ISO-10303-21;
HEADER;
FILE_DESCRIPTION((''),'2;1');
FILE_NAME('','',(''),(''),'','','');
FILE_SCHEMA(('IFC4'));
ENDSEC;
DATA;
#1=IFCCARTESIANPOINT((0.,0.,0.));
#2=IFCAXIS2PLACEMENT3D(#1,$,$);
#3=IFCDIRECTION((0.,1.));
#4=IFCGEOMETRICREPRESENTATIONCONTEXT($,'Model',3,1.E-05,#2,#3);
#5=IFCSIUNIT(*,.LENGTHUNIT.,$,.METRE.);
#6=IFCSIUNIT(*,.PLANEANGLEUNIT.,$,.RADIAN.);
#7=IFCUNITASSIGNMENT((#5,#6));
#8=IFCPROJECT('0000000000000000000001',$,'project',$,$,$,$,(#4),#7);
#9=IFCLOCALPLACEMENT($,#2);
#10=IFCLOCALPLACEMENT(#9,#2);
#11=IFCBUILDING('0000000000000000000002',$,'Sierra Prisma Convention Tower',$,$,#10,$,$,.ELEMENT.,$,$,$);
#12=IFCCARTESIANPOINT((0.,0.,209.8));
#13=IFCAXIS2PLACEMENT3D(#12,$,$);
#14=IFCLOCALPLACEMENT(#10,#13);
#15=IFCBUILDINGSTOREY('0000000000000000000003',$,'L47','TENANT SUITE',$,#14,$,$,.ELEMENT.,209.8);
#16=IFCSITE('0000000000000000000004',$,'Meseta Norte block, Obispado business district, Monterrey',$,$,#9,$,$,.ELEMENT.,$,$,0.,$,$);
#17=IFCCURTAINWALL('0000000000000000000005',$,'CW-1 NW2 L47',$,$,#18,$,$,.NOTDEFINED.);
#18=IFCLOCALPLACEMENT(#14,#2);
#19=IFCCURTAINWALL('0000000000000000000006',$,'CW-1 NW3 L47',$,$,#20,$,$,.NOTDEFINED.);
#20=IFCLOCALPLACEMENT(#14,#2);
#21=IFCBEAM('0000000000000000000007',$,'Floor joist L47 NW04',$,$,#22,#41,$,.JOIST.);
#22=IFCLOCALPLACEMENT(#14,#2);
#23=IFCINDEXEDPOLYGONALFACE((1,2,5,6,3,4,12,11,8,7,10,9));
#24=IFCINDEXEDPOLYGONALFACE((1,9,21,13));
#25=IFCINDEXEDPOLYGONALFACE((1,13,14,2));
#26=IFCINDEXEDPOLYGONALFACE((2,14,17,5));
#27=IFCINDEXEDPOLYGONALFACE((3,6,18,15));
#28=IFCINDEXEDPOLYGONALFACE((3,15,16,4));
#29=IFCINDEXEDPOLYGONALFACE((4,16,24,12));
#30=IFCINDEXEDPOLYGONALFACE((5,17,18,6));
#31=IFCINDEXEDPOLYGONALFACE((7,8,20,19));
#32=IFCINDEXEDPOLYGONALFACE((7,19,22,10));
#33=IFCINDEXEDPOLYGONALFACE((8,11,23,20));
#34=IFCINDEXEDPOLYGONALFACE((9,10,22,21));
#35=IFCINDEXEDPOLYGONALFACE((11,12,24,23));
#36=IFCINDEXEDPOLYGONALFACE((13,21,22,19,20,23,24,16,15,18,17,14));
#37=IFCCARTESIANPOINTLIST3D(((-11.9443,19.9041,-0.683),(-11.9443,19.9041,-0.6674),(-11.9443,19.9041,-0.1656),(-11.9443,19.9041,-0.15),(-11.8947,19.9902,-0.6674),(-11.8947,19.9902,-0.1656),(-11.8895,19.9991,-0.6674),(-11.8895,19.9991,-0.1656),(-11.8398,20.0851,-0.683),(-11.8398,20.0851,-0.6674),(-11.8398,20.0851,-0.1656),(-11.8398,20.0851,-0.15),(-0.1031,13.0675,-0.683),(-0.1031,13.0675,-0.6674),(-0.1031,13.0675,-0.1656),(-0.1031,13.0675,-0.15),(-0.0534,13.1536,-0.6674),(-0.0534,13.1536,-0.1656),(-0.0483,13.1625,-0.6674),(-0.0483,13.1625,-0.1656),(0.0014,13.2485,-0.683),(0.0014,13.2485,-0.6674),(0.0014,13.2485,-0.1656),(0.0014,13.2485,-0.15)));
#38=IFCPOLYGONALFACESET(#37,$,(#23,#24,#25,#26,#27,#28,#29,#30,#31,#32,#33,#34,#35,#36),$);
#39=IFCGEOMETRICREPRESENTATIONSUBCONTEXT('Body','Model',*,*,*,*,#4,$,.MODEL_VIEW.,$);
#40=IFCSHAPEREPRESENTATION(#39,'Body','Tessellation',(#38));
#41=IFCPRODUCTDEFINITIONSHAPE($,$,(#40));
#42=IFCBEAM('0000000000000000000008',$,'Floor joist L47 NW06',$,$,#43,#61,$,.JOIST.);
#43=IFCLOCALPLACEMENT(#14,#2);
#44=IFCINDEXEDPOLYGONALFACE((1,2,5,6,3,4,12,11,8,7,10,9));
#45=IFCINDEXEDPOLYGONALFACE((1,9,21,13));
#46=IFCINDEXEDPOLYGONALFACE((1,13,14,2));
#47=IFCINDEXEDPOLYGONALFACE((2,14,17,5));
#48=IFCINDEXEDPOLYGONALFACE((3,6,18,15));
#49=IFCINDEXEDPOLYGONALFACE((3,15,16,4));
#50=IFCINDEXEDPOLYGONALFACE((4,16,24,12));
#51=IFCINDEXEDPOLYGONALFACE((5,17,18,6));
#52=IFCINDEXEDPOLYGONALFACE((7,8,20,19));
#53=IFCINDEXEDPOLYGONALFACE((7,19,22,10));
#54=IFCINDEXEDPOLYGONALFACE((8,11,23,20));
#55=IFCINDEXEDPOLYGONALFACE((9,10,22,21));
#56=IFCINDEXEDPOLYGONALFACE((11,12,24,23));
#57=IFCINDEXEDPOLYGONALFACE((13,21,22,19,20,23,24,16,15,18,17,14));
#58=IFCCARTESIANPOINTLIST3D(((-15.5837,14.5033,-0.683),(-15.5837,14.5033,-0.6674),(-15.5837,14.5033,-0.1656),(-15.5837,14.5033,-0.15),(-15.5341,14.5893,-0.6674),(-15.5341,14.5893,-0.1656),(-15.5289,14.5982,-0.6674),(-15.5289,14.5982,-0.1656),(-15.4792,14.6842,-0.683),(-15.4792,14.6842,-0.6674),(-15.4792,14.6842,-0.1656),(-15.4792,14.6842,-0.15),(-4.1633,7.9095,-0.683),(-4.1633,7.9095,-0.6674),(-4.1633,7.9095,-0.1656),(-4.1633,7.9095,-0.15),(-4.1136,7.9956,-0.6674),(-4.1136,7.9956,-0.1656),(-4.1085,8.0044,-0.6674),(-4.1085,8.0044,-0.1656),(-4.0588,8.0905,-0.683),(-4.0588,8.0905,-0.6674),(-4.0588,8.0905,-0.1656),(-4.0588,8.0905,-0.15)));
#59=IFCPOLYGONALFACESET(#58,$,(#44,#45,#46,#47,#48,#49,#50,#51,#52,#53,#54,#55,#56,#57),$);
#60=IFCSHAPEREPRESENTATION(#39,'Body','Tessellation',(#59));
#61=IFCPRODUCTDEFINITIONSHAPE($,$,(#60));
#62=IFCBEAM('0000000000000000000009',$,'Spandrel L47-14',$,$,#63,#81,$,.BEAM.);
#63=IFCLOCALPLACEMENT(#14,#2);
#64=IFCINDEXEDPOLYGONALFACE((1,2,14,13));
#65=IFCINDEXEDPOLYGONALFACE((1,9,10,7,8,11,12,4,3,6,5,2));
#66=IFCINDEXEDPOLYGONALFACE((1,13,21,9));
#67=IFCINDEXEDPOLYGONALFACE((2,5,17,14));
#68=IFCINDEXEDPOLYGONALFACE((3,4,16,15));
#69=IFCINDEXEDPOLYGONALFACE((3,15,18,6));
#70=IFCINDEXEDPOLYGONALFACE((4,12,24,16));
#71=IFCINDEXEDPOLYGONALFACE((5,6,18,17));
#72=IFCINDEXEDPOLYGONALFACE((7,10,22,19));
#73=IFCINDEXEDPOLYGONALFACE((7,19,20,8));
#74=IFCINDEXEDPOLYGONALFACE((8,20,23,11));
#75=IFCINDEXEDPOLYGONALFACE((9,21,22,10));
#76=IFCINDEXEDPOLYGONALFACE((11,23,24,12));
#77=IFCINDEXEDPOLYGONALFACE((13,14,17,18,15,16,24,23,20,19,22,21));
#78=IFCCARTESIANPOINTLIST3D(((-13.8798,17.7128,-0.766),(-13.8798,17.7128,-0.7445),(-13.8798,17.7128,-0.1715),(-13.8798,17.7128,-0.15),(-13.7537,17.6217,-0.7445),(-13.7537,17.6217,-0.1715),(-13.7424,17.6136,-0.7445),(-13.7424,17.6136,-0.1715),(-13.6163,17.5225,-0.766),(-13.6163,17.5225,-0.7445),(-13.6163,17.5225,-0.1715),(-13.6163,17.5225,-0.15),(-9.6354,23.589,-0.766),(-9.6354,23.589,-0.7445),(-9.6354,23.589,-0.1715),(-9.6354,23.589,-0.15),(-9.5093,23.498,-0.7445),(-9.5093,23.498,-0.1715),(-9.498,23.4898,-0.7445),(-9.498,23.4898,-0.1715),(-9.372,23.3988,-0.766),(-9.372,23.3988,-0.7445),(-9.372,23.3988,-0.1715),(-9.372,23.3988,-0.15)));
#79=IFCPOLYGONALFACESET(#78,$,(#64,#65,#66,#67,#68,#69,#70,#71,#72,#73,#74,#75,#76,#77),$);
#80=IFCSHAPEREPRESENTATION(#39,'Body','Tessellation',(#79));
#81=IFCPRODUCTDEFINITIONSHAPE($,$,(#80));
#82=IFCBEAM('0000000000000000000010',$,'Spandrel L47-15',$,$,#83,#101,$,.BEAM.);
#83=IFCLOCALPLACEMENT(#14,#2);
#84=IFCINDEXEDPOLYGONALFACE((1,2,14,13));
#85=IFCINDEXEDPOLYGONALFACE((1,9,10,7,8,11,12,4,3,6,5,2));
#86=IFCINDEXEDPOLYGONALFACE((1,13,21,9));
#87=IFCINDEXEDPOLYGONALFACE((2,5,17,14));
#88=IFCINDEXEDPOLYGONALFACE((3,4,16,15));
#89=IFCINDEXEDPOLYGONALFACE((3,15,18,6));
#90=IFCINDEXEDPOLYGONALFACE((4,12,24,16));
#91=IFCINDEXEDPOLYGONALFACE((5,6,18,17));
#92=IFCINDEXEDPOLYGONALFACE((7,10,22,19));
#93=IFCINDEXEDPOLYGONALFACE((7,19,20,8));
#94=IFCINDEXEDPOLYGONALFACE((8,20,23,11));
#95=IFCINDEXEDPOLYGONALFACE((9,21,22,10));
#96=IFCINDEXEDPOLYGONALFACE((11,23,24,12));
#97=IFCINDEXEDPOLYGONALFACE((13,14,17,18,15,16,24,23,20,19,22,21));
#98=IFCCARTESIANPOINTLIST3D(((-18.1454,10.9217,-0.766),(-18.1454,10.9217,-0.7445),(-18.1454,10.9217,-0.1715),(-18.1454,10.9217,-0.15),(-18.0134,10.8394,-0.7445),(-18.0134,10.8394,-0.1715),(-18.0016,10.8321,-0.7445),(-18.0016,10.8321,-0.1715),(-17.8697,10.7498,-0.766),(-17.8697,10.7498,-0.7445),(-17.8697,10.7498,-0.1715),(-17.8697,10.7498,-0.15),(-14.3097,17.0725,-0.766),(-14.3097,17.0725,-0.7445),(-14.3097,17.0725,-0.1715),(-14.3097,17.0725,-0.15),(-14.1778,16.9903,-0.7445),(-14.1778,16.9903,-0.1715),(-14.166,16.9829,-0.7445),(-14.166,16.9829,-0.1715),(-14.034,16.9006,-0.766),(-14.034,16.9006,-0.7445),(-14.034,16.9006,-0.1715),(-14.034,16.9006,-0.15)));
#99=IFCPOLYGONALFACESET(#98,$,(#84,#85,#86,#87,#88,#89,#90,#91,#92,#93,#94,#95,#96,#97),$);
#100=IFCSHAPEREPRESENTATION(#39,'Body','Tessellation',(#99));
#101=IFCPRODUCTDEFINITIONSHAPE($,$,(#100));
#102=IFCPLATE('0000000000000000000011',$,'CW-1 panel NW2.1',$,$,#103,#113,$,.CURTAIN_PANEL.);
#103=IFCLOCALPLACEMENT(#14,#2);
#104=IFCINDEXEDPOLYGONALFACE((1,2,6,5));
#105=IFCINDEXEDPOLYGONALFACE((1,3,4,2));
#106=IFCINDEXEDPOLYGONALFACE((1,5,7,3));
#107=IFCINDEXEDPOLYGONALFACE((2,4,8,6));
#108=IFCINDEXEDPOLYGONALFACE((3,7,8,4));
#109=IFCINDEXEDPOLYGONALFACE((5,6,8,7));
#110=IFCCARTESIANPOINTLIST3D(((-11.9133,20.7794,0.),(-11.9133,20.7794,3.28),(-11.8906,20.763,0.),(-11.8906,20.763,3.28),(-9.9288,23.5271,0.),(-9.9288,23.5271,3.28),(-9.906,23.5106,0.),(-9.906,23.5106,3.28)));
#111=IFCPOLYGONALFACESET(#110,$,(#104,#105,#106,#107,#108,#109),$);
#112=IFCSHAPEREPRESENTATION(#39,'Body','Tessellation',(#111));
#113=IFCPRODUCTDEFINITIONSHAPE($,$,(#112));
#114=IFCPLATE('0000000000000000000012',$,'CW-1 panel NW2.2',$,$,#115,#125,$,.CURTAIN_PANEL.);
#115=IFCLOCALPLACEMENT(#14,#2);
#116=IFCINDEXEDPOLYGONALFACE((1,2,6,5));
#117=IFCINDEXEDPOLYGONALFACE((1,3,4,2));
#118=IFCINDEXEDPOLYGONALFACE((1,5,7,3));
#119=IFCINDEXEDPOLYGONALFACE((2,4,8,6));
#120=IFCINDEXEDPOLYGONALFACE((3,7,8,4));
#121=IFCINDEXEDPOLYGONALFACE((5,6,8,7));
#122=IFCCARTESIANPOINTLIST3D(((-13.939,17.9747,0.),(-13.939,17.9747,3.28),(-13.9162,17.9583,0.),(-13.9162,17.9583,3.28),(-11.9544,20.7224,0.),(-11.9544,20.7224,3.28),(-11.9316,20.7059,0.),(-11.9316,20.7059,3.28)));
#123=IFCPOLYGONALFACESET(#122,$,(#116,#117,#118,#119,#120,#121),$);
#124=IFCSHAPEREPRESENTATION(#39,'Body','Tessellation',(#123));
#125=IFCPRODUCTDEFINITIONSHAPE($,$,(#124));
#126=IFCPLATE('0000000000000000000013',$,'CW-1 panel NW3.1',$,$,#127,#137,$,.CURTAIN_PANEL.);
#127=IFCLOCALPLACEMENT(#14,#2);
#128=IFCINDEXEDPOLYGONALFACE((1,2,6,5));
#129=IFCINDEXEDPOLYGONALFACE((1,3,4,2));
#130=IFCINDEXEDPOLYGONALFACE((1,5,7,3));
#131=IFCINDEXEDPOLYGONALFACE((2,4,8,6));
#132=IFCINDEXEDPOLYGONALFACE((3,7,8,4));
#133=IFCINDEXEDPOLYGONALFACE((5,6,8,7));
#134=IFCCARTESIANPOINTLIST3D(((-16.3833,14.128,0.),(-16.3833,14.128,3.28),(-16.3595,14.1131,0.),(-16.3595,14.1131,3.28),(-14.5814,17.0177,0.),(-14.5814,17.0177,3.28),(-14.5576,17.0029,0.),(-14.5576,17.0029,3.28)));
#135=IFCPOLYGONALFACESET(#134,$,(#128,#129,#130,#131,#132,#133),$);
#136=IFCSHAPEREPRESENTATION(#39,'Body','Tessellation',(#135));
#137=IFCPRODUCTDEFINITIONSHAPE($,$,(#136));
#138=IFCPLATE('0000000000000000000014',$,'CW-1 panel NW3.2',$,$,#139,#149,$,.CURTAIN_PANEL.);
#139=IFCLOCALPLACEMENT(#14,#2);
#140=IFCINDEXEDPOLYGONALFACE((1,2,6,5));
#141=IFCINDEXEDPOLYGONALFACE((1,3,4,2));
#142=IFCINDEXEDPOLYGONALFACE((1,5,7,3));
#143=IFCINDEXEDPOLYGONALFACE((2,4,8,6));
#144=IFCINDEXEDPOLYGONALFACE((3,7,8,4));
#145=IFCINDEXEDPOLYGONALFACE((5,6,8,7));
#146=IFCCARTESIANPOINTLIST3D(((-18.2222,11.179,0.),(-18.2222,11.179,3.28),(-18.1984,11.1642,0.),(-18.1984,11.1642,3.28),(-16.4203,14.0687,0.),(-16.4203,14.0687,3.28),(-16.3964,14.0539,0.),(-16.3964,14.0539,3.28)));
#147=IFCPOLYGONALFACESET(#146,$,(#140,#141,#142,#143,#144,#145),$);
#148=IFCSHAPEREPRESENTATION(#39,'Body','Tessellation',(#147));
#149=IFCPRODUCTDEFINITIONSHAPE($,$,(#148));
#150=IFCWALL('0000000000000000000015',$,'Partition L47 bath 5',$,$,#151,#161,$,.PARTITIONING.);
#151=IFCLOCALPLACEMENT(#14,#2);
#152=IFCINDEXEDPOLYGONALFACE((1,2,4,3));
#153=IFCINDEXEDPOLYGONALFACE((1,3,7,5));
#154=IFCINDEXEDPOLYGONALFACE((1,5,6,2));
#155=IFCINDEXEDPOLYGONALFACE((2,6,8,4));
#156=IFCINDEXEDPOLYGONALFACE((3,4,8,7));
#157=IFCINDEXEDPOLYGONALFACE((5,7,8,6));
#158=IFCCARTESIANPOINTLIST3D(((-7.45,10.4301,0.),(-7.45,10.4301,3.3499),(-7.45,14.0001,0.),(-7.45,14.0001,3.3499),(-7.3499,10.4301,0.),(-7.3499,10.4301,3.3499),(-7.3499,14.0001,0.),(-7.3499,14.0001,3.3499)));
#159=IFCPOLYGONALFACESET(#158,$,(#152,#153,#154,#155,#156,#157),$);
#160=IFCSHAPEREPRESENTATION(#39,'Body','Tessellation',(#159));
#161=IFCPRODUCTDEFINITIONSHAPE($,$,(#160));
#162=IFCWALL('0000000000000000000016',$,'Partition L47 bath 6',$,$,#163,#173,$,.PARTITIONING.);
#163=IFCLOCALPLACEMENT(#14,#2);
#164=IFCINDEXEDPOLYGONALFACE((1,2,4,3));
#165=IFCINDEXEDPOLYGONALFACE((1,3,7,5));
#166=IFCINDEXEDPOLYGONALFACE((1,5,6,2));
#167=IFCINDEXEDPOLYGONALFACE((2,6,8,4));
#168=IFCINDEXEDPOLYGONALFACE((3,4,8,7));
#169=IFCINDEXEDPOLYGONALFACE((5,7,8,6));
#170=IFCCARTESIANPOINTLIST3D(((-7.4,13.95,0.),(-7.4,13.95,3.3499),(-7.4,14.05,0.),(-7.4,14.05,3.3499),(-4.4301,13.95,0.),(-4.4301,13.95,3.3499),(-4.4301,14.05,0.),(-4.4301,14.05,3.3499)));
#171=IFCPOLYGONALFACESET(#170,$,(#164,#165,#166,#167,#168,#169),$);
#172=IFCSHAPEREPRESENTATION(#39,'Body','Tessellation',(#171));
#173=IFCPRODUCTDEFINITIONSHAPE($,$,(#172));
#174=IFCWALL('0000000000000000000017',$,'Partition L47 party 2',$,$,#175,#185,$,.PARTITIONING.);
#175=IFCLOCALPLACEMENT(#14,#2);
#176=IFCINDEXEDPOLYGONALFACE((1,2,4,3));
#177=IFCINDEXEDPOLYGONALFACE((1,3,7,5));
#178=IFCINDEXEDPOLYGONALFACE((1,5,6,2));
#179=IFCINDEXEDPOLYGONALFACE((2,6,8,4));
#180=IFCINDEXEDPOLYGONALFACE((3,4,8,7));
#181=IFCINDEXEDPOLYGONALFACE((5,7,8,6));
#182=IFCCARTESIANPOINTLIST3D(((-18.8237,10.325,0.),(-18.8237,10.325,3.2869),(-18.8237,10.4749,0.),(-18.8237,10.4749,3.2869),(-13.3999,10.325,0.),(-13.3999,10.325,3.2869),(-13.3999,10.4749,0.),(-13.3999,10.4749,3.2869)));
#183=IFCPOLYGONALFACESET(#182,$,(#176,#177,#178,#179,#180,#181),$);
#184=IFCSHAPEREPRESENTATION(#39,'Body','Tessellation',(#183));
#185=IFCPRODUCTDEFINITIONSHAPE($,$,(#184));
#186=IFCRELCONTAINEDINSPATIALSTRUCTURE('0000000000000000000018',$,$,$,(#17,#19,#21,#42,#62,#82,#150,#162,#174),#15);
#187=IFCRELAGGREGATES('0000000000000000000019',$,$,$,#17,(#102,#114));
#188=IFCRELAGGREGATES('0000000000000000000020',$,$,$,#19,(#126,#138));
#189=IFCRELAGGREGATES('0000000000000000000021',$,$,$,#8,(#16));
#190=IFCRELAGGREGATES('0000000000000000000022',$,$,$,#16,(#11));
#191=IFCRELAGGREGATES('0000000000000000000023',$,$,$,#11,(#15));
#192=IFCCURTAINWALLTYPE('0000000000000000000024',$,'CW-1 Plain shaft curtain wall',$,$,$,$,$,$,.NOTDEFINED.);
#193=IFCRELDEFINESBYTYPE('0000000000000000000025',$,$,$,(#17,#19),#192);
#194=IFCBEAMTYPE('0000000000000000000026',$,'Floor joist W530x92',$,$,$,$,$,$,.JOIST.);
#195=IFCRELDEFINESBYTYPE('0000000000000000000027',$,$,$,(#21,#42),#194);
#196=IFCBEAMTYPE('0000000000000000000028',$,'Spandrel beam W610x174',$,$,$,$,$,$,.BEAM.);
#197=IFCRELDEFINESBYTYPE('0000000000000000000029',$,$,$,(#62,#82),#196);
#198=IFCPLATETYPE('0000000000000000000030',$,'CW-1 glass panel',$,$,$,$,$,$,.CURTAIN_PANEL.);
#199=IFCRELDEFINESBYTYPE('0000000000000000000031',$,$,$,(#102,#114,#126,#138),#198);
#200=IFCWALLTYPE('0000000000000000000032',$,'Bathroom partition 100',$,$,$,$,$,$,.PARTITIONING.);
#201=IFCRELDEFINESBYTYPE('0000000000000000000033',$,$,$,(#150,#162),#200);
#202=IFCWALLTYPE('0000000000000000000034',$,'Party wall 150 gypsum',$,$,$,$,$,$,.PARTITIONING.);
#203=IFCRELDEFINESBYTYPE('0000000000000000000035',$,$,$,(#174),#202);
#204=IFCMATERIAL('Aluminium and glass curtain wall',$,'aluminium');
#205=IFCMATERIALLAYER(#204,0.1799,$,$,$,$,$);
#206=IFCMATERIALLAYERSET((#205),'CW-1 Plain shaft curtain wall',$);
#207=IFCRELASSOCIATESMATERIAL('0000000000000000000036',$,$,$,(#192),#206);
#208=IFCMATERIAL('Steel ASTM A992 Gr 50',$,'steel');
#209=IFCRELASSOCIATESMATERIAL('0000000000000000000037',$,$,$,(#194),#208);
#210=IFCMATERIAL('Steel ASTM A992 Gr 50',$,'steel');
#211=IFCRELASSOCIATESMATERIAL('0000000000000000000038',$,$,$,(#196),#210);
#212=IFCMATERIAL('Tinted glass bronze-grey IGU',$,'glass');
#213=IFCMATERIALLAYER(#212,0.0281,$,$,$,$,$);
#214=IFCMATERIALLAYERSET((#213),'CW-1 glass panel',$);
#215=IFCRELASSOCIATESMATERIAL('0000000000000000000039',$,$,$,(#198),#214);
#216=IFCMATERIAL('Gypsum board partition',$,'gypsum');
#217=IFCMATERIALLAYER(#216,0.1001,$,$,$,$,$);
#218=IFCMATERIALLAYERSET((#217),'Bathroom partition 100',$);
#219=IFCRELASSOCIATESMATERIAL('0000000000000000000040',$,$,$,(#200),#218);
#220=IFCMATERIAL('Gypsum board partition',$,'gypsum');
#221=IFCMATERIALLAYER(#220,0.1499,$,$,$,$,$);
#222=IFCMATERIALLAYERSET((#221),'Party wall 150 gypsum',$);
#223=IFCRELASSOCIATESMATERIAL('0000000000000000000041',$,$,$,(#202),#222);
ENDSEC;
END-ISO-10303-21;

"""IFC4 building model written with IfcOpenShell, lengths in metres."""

from ifc_helpers import new_model, si_unit, direction, frame, frame_2d, origin, origin_2d, place, context, subcontext, project, spatial, rectangle, i_section, extrude, material, layer, layer_set, material_profile, profile_set, type_object, element, aggregate, save


model = new_model("IFC4")

# Units and contexts
model_context = context("Model", 3, precision=1e-05, world=origin(), true_north=direction((0.0, 1.0)))
body_context = subcontext(model_context, "Body", "Model", "MODEL_VIEW")
ifc_project = project(units=[si_unit("LENGTHUNIT", "METRE"), si_unit("PLANEANGLEUNIT", "RADIAN")], contexts=[model_context])

# Site, building, storey
site_placement = place(None, origin())
site = spatial("IfcSite", under=ifc_project, at=site_placement, Name="Meseta Norte block, Obispado business district, Monterrey", CompositionType="ELEMENT", RefElevation=0.0)
building_placement = place(site_placement, origin())
building = spatial("IfcBuilding", under=site, at=building_placement, Name="Sierra Prisma Convention Tower", CompositionType="ELEMENT")
storey_placement = place(building_placement, frame((0.0, 0.0, 209.8)))
storey = spatial("IfcBuildingStorey", under=building, at=storey_placement, Name="L47", Description="TENANT SUITE", CompositionType="ELEMENT", Elevation=209.8)

# Curtain wall
ifc_material_1 = material(Name="Aluminium and glass curtain wall", Category="aluminium")
ifc_layer_1 = layer(ifc_material_1, 0.1799)
ifc_layer_set_1 = layer_set([ifc_layer_1], Name="CW-1 Plain shaft curtain wall")
curtain_wall_type = type_object("IfcCurtainWallType", Name="CW-1 Plain shaft curtain wall", PredefinedType="NOTDEFINED", material=ifc_layer_set_1)
curtain_wall_1_placement = place(storey_placement, origin())
curtain_wall_1 = element("IfcCurtainWall", 1, at=curtain_wall_1_placement, inside=storey, type_object=curtain_wall_type, Name="CW-1 NW2 L47", PredefinedType="NOTDEFINED")

# Curtain wall
curtain_wall_2_placement = place(storey_placement, origin())
curtain_wall_2 = element("IfcCurtainWall", 2, at=curtain_wall_2_placement, inside=storey, type_object=curtain_wall_type, Name="CW-1 NW3 L47", PredefinedType="NOTDEFINED")

# Beams
ifc_material_2 = material(Name="Steel ASTM A992 Gr 50", Category="steel")
ifc_material_profile_1 = material_profile(ifc_material_2, i_section(OverallWidth=0.209, OverallDepth=0.533, WebThickness=0.0103, FlangeThickness=0.0156, at=origin_2d()), Name="W530x92")
ifc_profile_set_1 = profile_set([ifc_material_profile_1], Name="Steel ASTM A992 Gr 50")
beam_type_1 = type_object("IfcBeamType", Name="Floor joist W530x92", PredefinedType="JOIST", material=ifc_profile_set_1)
beam_1_placement = place(storey_placement, frame((-11.8921, 19.9946, -0.4165), z_axis=(0.866023, -0.500005, 0.0), x_axis=(0.500005, 0.866023, 0.0)))
element("IfcBeam", 3, at=beam_1_placement, inside=storey, type_object=beam_type_1, Name="Floor joist L47 NW04", PredefinedType="JOIST", context=body_context, shape_type="SweptSolid", body=[
    extrude(i_section(OverallWidth=0.209, OverallDepth=0.533, WebThickness=0.0103, FlangeThickness=0.0156, at=origin_2d()), origin(), (0.0, 0.0, 1.0), 13.6731),
])
beam_2_placement = place(storey_placement, frame((-15.5315, 14.5938, -0.4165), z_axis=(0.86602, -0.50001, 0.0), x_axis=(0.50001, 0.86602, 0.0)))
element("IfcBeam", 4, at=beam_2_placement, inside=storey, type_object=beam_type_1, Name="Floor joist L47 NW06", PredefinedType="JOIST", context=body_context, shape_type="SweptSolid", body=[
    extrude(i_section(OverallWidth=0.209, OverallDepth=0.533, WebThickness=0.0103, FlangeThickness=0.0156, at=origin_2d()), origin(), (0.0, 0.0, 1.0), 13.1873),
])
ifc_material_3 = material(Name="Steel ASTM A992 Gr 50", Category="steel")
ifc_material_profile_2 = material_profile(ifc_material_3, i_section(OverallWidth=0.325, OverallDepth=0.616, WebThickness=0.0139, FlangeThickness=0.0215, at=origin_2d()), Name="W610x174")
ifc_profile_set_2 = profile_set([ifc_material_profile_2], Name="Steel ASTM A992 Gr 50")
beam_type_2 = type_object("IfcBeamType", Name="Spandrel beam W610x174", PredefinedType="BEAM", material=ifc_profile_set_2)
for number, where, z_axis, x_axis, name in (
    (5, (-9.5037, 23.4939, -0.458), (-0.585531, -0.81065, 0.0), (0.81065, -0.585531, 0.0), "Spandrel L47-14"),
    (6, (-14.1719, 16.9866, -0.458), (-0.529145, -0.848531, 0.0), (0.848531, -0.529145, 0.0), "Spandrel L47-15"),
):
    element("IfcBeam", number, at=place(storey_placement, frame(where, z_axis=z_axis, x_axis=x_axis)), inside=storey, type_object=beam_type_2, Name=name, PredefinedType="BEAM", context=body_context, shape_type="SweptSolid", body=[
        extrude(i_section(OverallWidth=0.325, OverallDepth=0.616, WebThickness=0.0139, FlangeThickness=0.0215, at=origin_2d()), origin(), (0.0, 0.0, 1.0), 7.2488),
    ])

# Plates
ifc_material_4 = material(Name="Tinted glass bronze-grey IGU", Category="glass")
ifc_layer_2 = layer(ifc_material_4, 0.0281)
ifc_layer_set_2 = layer_set([ifc_layer_2], Name="CW-1 glass panel")
plate_type = type_object("IfcPlateType", Name="CW-1 glass panel", PredefinedType="CURTAIN_PANEL", material=ifc_layer_set_2)
plate_1_placement = place(storey_placement, frame((-10.9097, 22.145, 0.0), z_axis=(0.0, 0.0, 1.0), x_axis=(-0.58552, -0.810658, 0.0)))
plate_1 = element("IfcPlate", 7, at=plate_1_placement, type_object=plate_type, Name="CW-1 panel NW2.1", PredefinedType="CURTAIN_PANEL", context=body_context, shape_type="SweptSolid", body=[
    extrude(rectangle(XDim=3.3894, YDim=0.0281, at=origin_2d()), origin(), (0.0, 0.0, 1.0), 3.28),
])
plate_2_placement = place(storey_placement, frame((-12.9353, 19.3403, 0.0), z_axis=(0.0, 0.0, 1.0), x_axis=(-0.58552, -0.810658, 0.0)))
plate_2 = element("IfcPlate", 8, at=plate_2_placement, type_object=plate_type, Name="CW-1 panel NW2.2", PredefinedType="CURTAIN_PANEL", context=body_context, shape_type="SweptSolid", body=[
    extrude(rectangle(XDim=3.3894, YDim=0.0281, at=origin_2d()), origin(), (0.0, 0.0, 1.0), 3.28),
])
aggregate(curtain_wall_1, [plate_1, plate_2])
plate_3_placement = place(storey_placement, frame((-15.4705, 15.5654, 0.0), z_axis=(0.0, 0.0, 1.0), x_axis=(-0.529128, -0.848542, 0.0)))
plate_3 = element("IfcPlate", 9, at=plate_3_placement, type_object=plate_type, Name="CW-1 panel NW3.1", PredefinedType="CURTAIN_PANEL", context=body_context, shape_type="SweptSolid", body=[
    extrude(rectangle(XDim=3.4055, YDim=0.0281, at=origin_2d()), origin(), (0.0, 0.0, 1.0), 3.28),
])
plate_4_placement = place(storey_placement, frame((-17.3093, 12.6165, 0.0), z_axis=(0.0, 0.0, 1.0), x_axis=(-0.529128, -0.848542, 0.0)))
plate_4 = element("IfcPlate", 10, at=plate_4_placement, type_object=plate_type, Name="CW-1 panel NW3.2", PredefinedType="CURTAIN_PANEL", context=body_context, shape_type="SweptSolid", body=[
    extrude(rectangle(XDim=3.4055, YDim=0.0281, at=origin_2d()), origin(), (0.0, 0.0, 1.0), 3.28),
])
aggregate(curtain_wall_2, [plate_3, plate_4])

# Walls
ifc_material_5 = material(Name="Gypsum board partition", Category="gypsum")
ifc_layer_3 = layer(ifc_material_5, 0.1001)
ifc_layer_set_3 = layer_set([ifc_layer_3], Name="Bathroom partition 100")
wall_type_1 = type_object("IfcWallType", Name="Bathroom partition 100", PredefinedType="PARTITIONING", material=ifc_layer_set_3)
wall_1_placement = place(storey_placement, frame((-7.3999, 10.4299, 0.0), z_axis=(0.0, 0.0, 1.0), x_axis=(0.0, 1.0, 0.0)))
element("IfcWall", 11, at=wall_1_placement, inside=storey, type_object=wall_type_1, Name="Partition L47 bath 5", PredefinedType="PARTITIONING", context=body_context, shape_type="SweptSolid", body=[
    extrude(rectangle(XDim=3.5701, YDim=0.1001, at=frame_2d((1.7852, 0.0))), origin(), (0.0, 0.0, 1.0), 3.3499),
])
wall_2_placement = place(storey_placement, frame((-7.3999, 14.0, 0.0), z_axis=(0.0, 0.0, 1.0), x_axis=(1.0, 0.0, 0.0)))
element("IfcWall", 12, at=wall_2_placement, inside=storey, type_object=wall_type_1, Name="Partition L47 bath 6", PredefinedType="PARTITIONING", context=body_context, shape_type="SweptSolid", body=[
    extrude(rectangle(XDim=2.97, YDim=0.1001, at=frame_2d((1.4849, 0.0))), origin(), (0.0, 0.0, 1.0), 3.3499),
])
ifc_material_6 = material(Name="Gypsum board partition", Category="gypsum")
ifc_layer_4 = layer(ifc_material_6, 0.1499)
ifc_layer_set_4 = layer_set([ifc_layer_4], Name="Party wall 150 gypsum")
wall_type_2 = type_object("IfcWallType", Name="Party wall 150 gypsum", PredefinedType="PARTITIONING", material=ifc_layer_set_4)
wall_3_placement = place(storey_placement, frame((-13.3999, 10.3999, 0.0), z_axis=(0.0, 0.0, 1.0), x_axis=(-1.0, 0.0, 0.0)))
element("IfcWall", 13, at=wall_3_placement, inside=storey, type_object=wall_type_2, Name="Partition L47 party 2", PredefinedType="PARTITIONING", context=body_context, shape_type="SweptSolid", body=[
    extrude(rectangle(XDim=5.4238, YDim=0.1499, at=frame_2d((2.7119, 0.0))), origin(), (0.0, 0.0, 1.0), 3.2869),
])

save(model, "model.ifc")
